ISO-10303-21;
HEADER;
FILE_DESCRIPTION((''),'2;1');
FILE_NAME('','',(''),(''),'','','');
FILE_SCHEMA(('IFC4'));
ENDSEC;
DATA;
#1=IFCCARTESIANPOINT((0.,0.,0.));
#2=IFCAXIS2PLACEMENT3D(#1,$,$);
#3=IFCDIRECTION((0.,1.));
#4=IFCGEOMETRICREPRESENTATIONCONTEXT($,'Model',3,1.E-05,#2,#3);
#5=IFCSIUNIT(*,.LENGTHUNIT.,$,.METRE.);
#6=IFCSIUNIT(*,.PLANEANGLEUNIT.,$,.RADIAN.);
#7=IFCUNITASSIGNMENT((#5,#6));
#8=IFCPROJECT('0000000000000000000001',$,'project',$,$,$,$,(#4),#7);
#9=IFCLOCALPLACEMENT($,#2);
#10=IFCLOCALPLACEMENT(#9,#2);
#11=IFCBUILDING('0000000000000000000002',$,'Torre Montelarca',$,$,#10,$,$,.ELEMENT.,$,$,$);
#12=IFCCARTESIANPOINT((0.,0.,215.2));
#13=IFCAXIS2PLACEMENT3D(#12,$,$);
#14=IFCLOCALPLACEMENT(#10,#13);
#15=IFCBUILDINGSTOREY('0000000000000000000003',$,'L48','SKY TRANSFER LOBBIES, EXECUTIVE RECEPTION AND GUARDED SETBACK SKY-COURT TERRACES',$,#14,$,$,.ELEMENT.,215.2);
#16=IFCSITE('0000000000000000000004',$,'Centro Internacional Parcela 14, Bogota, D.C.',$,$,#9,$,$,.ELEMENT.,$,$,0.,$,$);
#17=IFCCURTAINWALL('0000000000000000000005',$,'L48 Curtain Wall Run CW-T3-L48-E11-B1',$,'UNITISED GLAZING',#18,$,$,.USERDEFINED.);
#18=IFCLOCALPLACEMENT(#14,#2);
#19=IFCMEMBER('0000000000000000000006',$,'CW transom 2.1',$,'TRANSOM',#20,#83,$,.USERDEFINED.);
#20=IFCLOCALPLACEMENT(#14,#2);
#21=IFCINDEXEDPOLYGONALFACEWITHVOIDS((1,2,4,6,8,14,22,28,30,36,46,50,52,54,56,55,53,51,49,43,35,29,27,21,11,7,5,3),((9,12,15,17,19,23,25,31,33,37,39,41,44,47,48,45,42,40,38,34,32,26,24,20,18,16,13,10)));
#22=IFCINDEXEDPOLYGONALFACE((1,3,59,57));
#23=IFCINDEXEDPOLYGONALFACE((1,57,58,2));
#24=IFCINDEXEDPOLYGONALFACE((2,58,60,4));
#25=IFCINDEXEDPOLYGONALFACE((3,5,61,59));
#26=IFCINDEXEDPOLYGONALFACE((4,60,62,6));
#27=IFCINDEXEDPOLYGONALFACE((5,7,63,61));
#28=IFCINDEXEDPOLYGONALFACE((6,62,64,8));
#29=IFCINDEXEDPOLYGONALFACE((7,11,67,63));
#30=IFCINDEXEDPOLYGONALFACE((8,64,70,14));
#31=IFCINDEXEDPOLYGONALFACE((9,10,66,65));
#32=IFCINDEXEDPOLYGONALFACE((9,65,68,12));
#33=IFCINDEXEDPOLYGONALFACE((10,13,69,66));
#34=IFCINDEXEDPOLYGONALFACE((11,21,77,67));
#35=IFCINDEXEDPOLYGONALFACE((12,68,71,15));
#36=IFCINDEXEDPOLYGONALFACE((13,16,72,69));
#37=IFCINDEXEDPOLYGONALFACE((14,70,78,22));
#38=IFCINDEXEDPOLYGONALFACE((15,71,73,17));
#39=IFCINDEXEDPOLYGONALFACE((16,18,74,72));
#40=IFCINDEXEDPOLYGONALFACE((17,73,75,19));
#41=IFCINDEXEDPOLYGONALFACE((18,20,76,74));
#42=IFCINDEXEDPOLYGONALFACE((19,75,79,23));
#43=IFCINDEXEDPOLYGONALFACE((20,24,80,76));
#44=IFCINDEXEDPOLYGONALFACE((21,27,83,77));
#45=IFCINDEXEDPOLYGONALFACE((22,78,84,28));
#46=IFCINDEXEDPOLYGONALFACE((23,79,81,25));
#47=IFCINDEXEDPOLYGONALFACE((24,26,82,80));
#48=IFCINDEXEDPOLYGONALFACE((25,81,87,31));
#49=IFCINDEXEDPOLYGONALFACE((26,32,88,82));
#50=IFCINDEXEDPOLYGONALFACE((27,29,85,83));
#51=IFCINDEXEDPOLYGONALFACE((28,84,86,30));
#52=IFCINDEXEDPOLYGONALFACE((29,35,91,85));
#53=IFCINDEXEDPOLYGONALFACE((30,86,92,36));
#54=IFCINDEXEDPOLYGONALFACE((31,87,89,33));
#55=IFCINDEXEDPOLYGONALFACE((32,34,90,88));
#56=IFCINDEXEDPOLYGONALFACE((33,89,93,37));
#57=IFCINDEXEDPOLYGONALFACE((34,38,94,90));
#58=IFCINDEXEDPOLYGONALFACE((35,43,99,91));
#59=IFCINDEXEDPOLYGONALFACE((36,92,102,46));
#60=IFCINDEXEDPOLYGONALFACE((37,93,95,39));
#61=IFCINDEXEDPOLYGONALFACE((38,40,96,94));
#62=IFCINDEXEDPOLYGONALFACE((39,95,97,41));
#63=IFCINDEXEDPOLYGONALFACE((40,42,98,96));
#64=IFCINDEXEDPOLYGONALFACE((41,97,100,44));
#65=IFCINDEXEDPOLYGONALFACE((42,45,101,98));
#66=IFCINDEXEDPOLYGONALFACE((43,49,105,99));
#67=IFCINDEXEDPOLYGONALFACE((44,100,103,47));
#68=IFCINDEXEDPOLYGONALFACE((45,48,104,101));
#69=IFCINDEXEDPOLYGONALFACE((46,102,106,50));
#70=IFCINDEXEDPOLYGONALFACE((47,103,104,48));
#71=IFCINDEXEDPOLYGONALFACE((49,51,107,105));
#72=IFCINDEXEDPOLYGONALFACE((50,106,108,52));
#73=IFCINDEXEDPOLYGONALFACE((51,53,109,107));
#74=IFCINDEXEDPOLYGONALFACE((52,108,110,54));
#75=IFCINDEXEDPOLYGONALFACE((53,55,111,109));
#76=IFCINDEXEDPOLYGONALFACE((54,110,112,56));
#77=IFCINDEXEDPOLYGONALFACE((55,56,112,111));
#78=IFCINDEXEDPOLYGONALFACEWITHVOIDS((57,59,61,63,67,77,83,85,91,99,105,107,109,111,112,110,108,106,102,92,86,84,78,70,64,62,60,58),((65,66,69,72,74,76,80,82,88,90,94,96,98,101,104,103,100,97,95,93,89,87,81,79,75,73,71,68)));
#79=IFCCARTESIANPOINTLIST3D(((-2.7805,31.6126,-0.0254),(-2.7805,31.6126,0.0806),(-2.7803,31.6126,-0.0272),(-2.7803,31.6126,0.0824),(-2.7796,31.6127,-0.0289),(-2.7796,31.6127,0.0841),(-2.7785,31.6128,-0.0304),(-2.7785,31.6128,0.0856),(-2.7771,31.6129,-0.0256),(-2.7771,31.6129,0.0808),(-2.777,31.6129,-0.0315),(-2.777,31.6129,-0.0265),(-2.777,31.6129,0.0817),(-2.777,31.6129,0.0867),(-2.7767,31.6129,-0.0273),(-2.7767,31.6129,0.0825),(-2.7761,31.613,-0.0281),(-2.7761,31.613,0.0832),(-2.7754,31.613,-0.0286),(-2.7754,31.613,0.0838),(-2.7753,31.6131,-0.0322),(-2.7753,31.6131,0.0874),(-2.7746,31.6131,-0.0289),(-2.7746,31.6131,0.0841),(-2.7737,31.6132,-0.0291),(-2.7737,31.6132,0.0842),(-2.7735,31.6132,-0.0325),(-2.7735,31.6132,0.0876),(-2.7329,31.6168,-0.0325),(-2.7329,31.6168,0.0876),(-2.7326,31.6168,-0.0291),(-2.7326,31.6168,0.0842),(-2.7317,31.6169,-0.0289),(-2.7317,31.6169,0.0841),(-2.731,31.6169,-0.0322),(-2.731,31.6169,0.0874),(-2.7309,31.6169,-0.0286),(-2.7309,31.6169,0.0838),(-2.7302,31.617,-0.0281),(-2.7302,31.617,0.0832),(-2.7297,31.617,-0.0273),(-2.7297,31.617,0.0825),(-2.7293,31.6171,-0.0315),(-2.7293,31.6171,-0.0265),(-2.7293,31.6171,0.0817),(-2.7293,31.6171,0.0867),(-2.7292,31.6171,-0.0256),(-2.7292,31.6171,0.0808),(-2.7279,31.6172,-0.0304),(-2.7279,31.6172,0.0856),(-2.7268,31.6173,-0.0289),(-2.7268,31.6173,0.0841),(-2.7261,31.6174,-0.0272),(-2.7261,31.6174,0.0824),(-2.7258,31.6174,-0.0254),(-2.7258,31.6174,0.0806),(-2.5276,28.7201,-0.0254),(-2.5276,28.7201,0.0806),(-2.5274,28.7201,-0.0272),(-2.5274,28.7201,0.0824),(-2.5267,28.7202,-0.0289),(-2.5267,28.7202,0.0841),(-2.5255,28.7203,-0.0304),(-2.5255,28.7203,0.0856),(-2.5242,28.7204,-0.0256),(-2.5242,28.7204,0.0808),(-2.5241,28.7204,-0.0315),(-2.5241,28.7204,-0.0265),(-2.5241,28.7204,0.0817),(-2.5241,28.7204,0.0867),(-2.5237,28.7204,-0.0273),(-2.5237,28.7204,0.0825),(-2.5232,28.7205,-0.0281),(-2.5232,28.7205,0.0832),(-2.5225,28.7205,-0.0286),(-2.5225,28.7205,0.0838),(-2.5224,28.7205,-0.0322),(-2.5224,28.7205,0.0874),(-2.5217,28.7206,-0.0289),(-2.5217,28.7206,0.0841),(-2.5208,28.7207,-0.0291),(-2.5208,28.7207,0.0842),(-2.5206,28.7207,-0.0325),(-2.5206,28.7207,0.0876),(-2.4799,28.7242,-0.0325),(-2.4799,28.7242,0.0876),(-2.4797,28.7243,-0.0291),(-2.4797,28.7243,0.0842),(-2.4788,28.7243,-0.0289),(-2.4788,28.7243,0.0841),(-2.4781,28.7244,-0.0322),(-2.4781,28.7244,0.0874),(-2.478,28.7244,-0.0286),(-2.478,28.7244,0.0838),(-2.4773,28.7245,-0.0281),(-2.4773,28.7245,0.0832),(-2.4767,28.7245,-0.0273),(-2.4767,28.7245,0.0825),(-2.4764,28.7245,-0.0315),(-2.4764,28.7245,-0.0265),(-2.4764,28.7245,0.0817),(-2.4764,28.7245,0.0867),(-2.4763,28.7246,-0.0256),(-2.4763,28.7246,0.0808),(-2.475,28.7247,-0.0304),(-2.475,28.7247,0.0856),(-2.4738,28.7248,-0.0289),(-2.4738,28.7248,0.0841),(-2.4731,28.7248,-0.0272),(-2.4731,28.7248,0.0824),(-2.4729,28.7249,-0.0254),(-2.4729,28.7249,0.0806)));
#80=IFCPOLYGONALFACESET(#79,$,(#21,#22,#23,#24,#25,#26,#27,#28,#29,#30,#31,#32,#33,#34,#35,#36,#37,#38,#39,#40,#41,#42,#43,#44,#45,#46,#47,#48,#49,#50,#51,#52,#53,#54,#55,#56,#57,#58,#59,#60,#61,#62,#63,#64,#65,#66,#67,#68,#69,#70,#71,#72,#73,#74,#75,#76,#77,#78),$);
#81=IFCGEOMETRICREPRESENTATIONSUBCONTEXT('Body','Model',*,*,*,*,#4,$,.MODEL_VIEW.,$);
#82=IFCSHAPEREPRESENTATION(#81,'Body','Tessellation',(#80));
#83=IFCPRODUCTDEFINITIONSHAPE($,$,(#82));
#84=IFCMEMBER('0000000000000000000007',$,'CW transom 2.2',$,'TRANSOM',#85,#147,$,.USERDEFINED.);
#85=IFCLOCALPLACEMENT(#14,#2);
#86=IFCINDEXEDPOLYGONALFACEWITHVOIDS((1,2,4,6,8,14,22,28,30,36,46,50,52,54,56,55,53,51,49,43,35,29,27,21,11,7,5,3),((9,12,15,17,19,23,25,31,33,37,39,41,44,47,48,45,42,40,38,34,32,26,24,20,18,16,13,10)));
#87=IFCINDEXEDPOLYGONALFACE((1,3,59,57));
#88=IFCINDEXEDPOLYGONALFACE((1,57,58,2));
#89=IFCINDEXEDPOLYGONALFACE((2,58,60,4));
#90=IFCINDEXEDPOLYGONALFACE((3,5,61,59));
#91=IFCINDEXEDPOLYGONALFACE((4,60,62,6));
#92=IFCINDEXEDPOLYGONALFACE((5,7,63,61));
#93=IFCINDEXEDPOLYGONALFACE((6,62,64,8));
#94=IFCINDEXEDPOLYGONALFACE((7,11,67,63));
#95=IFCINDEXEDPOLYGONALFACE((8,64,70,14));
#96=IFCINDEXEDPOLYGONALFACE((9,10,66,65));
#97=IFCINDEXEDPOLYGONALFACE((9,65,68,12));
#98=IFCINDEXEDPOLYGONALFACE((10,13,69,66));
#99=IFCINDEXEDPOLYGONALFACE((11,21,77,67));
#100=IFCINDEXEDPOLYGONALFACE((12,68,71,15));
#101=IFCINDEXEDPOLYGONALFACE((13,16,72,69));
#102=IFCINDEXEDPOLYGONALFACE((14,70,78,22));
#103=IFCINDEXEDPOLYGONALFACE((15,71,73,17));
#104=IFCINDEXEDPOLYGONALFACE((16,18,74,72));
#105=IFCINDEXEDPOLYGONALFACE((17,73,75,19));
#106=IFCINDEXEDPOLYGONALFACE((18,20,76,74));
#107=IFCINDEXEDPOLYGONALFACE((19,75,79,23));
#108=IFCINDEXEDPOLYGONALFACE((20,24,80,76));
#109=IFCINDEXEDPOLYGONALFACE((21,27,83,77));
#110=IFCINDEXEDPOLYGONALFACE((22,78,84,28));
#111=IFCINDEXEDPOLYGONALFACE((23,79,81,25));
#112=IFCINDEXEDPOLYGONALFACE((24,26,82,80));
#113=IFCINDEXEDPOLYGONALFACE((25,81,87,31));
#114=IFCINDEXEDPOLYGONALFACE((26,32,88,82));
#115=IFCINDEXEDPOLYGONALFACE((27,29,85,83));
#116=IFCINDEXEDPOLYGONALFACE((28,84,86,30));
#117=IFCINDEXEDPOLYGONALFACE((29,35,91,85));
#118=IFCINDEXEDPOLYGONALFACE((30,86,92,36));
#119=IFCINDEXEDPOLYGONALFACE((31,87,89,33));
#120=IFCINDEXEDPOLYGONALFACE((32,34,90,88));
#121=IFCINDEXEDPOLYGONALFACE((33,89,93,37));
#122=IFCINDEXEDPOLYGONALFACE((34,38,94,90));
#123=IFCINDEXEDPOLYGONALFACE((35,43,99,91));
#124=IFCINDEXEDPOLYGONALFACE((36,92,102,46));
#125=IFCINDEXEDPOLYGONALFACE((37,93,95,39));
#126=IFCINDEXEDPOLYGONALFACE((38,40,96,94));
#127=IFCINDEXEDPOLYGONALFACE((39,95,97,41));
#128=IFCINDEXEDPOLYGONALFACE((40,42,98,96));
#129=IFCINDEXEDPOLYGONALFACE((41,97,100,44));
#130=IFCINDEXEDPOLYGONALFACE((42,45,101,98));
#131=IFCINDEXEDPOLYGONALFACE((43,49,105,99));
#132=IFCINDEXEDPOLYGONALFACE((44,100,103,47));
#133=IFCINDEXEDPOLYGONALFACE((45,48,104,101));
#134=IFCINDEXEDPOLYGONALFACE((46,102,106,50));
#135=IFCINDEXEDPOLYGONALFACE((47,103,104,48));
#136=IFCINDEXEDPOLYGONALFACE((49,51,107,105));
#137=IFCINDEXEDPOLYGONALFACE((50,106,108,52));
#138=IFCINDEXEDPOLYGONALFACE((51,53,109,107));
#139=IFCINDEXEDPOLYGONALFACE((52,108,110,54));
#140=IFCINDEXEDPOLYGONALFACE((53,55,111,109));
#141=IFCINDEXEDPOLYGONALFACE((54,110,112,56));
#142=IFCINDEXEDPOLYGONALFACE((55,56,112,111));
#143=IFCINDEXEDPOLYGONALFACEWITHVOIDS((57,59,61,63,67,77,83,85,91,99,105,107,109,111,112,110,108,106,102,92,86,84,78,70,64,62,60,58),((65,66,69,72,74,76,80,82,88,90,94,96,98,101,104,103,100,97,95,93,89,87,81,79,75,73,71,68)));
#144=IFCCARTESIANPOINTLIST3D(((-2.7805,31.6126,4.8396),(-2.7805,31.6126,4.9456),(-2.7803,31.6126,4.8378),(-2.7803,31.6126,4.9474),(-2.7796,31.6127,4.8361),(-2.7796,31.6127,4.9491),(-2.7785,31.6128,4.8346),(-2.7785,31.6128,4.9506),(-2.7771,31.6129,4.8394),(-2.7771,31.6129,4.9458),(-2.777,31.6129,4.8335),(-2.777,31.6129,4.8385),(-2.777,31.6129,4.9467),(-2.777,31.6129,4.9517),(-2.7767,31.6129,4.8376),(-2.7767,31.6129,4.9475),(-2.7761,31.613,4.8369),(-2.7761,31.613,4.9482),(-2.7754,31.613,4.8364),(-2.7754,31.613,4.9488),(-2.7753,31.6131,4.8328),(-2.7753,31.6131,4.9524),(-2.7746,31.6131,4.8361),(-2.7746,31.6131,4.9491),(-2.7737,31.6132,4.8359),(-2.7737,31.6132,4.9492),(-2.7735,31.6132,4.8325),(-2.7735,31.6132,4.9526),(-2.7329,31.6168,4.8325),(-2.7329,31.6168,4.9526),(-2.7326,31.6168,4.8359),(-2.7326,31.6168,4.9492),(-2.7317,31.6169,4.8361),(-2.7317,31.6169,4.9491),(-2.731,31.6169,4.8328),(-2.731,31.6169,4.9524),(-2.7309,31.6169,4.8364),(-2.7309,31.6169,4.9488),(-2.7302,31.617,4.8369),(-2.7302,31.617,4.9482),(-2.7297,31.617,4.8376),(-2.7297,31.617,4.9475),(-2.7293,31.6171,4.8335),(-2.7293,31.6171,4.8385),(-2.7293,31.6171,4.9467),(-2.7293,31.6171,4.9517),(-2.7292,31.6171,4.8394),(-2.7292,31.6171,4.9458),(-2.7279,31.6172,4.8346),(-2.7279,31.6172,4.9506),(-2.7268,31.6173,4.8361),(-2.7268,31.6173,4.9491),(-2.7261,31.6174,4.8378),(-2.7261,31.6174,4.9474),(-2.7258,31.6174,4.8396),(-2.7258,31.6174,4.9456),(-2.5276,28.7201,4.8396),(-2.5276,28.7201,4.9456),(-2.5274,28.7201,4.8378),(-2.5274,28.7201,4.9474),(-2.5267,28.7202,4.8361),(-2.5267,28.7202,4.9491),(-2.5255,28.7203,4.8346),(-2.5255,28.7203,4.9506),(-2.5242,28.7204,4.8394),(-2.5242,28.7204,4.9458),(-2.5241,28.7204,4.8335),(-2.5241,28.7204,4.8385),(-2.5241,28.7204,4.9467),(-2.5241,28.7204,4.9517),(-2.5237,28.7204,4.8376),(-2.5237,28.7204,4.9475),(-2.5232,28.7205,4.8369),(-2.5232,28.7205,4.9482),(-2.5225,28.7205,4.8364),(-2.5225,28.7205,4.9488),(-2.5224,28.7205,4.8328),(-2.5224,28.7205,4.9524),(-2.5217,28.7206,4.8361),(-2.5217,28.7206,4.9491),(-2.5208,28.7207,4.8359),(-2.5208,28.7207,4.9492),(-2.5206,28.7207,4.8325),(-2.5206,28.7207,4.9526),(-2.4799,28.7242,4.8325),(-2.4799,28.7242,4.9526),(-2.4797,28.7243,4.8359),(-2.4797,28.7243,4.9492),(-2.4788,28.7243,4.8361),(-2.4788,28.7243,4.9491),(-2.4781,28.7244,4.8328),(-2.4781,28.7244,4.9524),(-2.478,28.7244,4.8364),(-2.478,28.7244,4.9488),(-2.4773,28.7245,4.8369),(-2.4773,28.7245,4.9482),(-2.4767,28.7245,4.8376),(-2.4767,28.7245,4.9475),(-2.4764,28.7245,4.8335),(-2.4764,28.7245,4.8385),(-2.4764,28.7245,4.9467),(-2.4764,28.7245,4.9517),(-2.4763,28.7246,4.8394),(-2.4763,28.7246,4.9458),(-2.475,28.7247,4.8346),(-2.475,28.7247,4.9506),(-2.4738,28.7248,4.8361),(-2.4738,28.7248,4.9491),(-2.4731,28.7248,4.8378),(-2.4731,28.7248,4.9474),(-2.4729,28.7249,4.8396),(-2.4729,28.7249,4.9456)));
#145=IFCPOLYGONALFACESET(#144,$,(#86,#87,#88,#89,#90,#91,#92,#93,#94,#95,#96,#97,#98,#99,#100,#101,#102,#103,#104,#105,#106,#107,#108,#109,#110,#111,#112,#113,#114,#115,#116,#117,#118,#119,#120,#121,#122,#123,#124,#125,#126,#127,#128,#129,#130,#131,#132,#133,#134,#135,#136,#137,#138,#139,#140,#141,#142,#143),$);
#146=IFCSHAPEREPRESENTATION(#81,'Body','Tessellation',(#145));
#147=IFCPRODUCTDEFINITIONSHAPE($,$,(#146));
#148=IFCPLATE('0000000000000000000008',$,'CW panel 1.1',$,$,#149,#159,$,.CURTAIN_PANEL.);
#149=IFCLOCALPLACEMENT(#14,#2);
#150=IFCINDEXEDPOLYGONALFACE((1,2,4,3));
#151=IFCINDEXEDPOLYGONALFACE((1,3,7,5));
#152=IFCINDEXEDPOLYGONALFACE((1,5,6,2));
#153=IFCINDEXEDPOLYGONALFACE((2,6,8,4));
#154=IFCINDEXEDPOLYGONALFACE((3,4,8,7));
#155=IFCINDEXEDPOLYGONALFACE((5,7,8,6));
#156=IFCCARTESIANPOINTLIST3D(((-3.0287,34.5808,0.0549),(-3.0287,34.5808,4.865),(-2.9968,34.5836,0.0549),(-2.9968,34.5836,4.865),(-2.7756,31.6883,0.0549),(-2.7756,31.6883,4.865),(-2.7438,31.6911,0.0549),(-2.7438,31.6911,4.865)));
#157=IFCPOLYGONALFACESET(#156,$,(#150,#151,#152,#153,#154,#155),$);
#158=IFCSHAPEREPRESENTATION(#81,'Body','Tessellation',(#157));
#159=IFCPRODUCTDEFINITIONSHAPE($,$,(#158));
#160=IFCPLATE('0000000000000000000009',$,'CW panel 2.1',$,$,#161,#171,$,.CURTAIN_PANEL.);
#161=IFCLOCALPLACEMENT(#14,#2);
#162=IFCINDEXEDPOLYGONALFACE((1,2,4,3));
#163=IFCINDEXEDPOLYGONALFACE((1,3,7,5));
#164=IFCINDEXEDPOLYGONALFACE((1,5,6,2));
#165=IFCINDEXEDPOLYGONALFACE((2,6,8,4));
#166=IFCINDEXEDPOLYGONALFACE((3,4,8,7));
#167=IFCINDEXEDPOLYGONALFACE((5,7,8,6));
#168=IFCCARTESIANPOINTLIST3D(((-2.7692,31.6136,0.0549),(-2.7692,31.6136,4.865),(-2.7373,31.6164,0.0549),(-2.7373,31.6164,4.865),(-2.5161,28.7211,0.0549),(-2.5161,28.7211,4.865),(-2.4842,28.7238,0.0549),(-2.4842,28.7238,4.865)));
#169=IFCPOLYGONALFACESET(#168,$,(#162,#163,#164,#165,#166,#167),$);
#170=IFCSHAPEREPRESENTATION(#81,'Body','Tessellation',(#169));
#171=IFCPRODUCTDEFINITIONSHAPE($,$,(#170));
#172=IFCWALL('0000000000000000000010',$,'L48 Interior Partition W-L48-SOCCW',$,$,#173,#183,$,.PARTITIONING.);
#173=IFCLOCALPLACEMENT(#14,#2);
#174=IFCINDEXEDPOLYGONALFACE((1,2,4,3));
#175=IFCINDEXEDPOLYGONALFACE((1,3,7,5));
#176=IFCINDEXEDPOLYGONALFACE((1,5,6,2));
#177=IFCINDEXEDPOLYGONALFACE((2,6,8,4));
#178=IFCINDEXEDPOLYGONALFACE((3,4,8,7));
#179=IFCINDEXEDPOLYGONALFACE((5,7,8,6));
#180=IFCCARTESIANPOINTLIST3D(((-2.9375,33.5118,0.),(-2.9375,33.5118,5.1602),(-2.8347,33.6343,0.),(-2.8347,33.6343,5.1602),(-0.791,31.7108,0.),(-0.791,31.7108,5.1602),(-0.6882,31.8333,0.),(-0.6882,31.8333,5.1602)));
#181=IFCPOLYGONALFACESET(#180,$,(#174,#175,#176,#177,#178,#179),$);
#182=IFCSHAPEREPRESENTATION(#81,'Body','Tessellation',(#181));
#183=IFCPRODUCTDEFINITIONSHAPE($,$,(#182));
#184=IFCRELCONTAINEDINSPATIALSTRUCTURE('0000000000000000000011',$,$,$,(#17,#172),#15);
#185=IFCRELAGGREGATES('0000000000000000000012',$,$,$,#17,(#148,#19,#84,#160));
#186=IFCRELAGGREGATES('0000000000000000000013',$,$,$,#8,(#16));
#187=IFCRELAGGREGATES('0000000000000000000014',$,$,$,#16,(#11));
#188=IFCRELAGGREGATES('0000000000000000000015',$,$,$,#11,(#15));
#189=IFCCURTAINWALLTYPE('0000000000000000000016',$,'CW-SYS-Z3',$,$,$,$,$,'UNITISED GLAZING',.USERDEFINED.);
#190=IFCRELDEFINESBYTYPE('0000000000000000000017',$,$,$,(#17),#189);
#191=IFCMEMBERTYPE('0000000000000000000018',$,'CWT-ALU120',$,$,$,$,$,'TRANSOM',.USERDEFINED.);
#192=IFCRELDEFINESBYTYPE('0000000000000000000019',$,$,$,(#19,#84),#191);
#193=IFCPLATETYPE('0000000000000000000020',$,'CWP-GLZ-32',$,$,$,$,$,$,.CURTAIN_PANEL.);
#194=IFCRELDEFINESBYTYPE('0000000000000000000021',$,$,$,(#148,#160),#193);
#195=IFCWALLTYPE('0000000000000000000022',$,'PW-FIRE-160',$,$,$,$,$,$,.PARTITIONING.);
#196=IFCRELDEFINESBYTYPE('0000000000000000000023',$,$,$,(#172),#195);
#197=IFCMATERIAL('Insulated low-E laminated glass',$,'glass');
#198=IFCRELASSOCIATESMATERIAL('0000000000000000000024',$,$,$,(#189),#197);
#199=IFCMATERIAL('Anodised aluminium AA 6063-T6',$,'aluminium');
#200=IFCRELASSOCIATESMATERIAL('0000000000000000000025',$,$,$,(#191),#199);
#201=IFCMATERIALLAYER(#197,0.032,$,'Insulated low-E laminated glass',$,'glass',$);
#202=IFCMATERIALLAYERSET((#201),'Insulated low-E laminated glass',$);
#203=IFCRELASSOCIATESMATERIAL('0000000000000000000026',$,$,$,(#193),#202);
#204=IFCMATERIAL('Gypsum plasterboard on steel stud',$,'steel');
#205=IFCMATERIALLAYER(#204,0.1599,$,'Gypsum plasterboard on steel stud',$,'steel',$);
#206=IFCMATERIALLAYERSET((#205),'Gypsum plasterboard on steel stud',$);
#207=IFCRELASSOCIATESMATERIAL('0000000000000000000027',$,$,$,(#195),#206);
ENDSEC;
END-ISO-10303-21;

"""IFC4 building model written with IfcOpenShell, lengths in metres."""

from ifc_helpers import new_model, si_unit, direction, frame, frame_2d, origin, origin_2d, place, context, subcontext, project, spatial, rectangle, hollow_rectangle, extrude, source, transform, mapped, material, layer, layer_set, material_profile, profile_set, type_object, element, aggregate, save


model = new_model("IFC4")

# Units and contexts
model_context = context("Model", 3, precision=1e-05, world=origin(), true_north=direction((0.0, 1.0)))
body_context = subcontext(model_context, "Body", "Model", "MODEL_VIEW")
ifc_project = project(units=[si_unit("LENGTHUNIT", "METRE"), si_unit("PLANEANGLEUNIT", "RADIAN")], contexts=[model_context])

# Site, building, storey
site_placement = place(None, origin())
site = spatial("IfcSite", under=ifc_project, at=site_placement, Name="Centro Internacional Parcela 14, Bogota, D.C.", CompositionType="ELEMENT", RefElevation=0.0)
building_placement = place(site_placement, origin())
building = spatial("IfcBuilding", under=site, at=building_placement, Name="Torre Montelarca", CompositionType="ELEMENT")
storey_placement = place(building_placement, frame((0.0, 0.0, 215.2)))
storey = spatial("IfcBuildingStorey", under=building, at=storey_placement, Name="L48", Description="SKY TRANSFER LOBBIES, EXECUTIVE RECEPTION AND GUARDED SETBACK SKY-COURT TERRACES", CompositionType="ELEMENT", Elevation=215.2)

# Shared definitions
ifc_material_1 = material(Name="Insulated low-E laminated glass", Category="glass")
curtain_wall_type = type_object("IfcCurtainWallType", Name="CW-SYS-Z3", ElementType="UNITISED GLAZING", PredefinedType="USERDEFINED", material=ifc_material_1)
ifc_material_2 = material(Name="Anodised aluminium AA 6063-T6", Category="aluminium")

# Curtain wall, members, plates
curtain_wall_1_placement = place(storey_placement, origin())
curtain_wall_1 = element("IfcCurtainWall", 1, at=curtain_wall_1_placement, inside=storey, type_object=curtain_wall_type, Name="L48 Curtain Wall Run CW-T3-L48-E11-B1", ObjectType="UNITISED GLAZING", PredefinedType="USERDEFINED")
ifc_material_profile_1 = material_profile(ifc_material_2, hollow_rectangle(XDim=0.0549, YDim=0.1201, WallThickness=0.0034, InnerFilletRadius=0.0034, OuterFilletRadius=0.0071, at=origin_2d()), Name="ALU55X120X3.5", Category="aluminium")
ifc_profile_set_1 = profile_set([ifc_material_profile_1], Name="Anodised aluminium AA 6063-T6")
member_type_1 = type_object("IfcMemberType", Name="CWT-ALU120", ElementType="TRANSOM", PredefinedType="USERDEFINED", material=ifc_profile_set_1)
shared_shape_1 = source(origin(), body_context, "Body", "SweptSolid", [
    extrude(hollow_rectangle(XDim=0.0549, YDim=0.1201, WallThickness=0.0034, InnerFilletRadius=0.0034, OuterFilletRadius=0.0071, at=origin_2d()), origin(), (0.0, 0.0, 1.0), 2.9036),
])
member_1_placement = place(storey_placement, frame((-2.7532, 31.615, 0.0276), z_axis=(0.087109, -0.996199, 0.0), x_axis=(0.996199, 0.087109, 0.0)))
member_1 = element("IfcMember", 2, at=member_1_placement, type_object=member_type_1, Name="CW transom 2.1", ObjectType="TRANSOM", PredefinedType="USERDEFINED", context=body_context, shape_type="MappedRepresentation", body=[
    mapped(shared_shape_1, transform((0.0, 0.0, 0.0), scale=1.0)),
])
member_2_placement = place(storey_placement, frame((-2.7532, 31.615, 4.8926), z_axis=(0.087109, -0.996199, 0.0), x_axis=(0.996199, 0.087109, 0.0)))
member_2 = element("IfcMember", 3, at=member_2_placement, type_object=member_type_1, Name="CW transom 2.2", ObjectType="TRANSOM", PredefinedType="USERDEFINED", context=body_context, shape_type="MappedRepresentation", body=[
    mapped(shared_shape_1, transform((0.0, 0.0, 0.0), scale=1.0)),
])
ifc_layer_1 = layer(ifc_material_1, 0.032, Name="Insulated low-E laminated glass", Category="glass")
ifc_layer_set_1 = layer_set([ifc_layer_1], Name="Insulated low-E laminated glass")
plate_type = type_object("IfcPlateType", Name="CWP-GLZ-32", PredefinedType="CURTAIN_PANEL", material=ifc_layer_set_1)
shared_shape_2 = source(origin(), body_context, "Body", "SweptSolid", [
    extrude(rectangle(XDim=2.9036, YDim=0.032, at=origin_2d()), origin(), (0.0, 0.0, 1.0), 4.8101),
])
plate_1_placement = place(storey_placement, frame((-2.8862, 33.136, 0.0549), z_axis=(0.0, 0.0, 1.0), x_axis=(0.087166, -0.996194, 0.0)))
plate_1 = element("IfcPlate", 4, at=plate_1_placement, type_object=plate_type, Name="CW panel 1.1", PredefinedType="CURTAIN_PANEL", context=body_context, shape_type="MappedRepresentation", body=[
    mapped(shared_shape_2, transform((0.0, 0.0, 0.0), scale=1.0)),
])
plate_2_placement = place(storey_placement, frame((-2.6267, 30.1687, 0.0549), z_axis=(0.0, 0.0, 1.0), x_axis=(0.087166, -0.996194, 0.0)))
plate_2 = element("IfcPlate", 5, at=plate_2_placement, type_object=plate_type, Name="CW panel 2.1", PredefinedType="CURTAIN_PANEL", context=body_context, shape_type="MappedRepresentation", body=[
    mapped(shared_shape_2, transform((0.0, 0.0, 0.0), scale=1.0)),
])
aggregate(curtain_wall_1, [plate_1, member_1, member_2, plate_2])

# Wall
ifc_material_3 = material(Name="Gypsum plasterboard on steel stud", Category="steel")
ifc_layer_2 = layer(ifc_material_3, 0.1599, Name="Gypsum plasterboard on steel stud", Category="steel")
ifc_layer_set_2 = layer_set([ifc_layer_2], Name="Gypsum plasterboard on steel stud")
wall_type_1 = type_object("IfcWallType", Name="PW-FIRE-160", PredefinedType="PARTITIONING", material=ifc_layer_set_2)
wall_1_placement = place(storey_placement, frame((-2.886, 33.573, 0.0), z_axis=(0.0, 0.0, 1.0), x_axis=(0.76606, -0.642769, 0.0)))
element("IfcWall", 6, at=wall_1_placement, inside=storey, type_object=wall_type_1, Name="L48 Interior Partition W-L48-SOCCW", PredefinedType="PARTITIONING", context=body_context, shape_type="SweptSolid", body=[
    extrude(rectangle(XDim=2.802, YDim=0.1599, at=frame_2d((1.4009, 0.0))), origin(), (0.0, 0.0, 1.0), 5.1602),
])

save(model, "model.ifc")
